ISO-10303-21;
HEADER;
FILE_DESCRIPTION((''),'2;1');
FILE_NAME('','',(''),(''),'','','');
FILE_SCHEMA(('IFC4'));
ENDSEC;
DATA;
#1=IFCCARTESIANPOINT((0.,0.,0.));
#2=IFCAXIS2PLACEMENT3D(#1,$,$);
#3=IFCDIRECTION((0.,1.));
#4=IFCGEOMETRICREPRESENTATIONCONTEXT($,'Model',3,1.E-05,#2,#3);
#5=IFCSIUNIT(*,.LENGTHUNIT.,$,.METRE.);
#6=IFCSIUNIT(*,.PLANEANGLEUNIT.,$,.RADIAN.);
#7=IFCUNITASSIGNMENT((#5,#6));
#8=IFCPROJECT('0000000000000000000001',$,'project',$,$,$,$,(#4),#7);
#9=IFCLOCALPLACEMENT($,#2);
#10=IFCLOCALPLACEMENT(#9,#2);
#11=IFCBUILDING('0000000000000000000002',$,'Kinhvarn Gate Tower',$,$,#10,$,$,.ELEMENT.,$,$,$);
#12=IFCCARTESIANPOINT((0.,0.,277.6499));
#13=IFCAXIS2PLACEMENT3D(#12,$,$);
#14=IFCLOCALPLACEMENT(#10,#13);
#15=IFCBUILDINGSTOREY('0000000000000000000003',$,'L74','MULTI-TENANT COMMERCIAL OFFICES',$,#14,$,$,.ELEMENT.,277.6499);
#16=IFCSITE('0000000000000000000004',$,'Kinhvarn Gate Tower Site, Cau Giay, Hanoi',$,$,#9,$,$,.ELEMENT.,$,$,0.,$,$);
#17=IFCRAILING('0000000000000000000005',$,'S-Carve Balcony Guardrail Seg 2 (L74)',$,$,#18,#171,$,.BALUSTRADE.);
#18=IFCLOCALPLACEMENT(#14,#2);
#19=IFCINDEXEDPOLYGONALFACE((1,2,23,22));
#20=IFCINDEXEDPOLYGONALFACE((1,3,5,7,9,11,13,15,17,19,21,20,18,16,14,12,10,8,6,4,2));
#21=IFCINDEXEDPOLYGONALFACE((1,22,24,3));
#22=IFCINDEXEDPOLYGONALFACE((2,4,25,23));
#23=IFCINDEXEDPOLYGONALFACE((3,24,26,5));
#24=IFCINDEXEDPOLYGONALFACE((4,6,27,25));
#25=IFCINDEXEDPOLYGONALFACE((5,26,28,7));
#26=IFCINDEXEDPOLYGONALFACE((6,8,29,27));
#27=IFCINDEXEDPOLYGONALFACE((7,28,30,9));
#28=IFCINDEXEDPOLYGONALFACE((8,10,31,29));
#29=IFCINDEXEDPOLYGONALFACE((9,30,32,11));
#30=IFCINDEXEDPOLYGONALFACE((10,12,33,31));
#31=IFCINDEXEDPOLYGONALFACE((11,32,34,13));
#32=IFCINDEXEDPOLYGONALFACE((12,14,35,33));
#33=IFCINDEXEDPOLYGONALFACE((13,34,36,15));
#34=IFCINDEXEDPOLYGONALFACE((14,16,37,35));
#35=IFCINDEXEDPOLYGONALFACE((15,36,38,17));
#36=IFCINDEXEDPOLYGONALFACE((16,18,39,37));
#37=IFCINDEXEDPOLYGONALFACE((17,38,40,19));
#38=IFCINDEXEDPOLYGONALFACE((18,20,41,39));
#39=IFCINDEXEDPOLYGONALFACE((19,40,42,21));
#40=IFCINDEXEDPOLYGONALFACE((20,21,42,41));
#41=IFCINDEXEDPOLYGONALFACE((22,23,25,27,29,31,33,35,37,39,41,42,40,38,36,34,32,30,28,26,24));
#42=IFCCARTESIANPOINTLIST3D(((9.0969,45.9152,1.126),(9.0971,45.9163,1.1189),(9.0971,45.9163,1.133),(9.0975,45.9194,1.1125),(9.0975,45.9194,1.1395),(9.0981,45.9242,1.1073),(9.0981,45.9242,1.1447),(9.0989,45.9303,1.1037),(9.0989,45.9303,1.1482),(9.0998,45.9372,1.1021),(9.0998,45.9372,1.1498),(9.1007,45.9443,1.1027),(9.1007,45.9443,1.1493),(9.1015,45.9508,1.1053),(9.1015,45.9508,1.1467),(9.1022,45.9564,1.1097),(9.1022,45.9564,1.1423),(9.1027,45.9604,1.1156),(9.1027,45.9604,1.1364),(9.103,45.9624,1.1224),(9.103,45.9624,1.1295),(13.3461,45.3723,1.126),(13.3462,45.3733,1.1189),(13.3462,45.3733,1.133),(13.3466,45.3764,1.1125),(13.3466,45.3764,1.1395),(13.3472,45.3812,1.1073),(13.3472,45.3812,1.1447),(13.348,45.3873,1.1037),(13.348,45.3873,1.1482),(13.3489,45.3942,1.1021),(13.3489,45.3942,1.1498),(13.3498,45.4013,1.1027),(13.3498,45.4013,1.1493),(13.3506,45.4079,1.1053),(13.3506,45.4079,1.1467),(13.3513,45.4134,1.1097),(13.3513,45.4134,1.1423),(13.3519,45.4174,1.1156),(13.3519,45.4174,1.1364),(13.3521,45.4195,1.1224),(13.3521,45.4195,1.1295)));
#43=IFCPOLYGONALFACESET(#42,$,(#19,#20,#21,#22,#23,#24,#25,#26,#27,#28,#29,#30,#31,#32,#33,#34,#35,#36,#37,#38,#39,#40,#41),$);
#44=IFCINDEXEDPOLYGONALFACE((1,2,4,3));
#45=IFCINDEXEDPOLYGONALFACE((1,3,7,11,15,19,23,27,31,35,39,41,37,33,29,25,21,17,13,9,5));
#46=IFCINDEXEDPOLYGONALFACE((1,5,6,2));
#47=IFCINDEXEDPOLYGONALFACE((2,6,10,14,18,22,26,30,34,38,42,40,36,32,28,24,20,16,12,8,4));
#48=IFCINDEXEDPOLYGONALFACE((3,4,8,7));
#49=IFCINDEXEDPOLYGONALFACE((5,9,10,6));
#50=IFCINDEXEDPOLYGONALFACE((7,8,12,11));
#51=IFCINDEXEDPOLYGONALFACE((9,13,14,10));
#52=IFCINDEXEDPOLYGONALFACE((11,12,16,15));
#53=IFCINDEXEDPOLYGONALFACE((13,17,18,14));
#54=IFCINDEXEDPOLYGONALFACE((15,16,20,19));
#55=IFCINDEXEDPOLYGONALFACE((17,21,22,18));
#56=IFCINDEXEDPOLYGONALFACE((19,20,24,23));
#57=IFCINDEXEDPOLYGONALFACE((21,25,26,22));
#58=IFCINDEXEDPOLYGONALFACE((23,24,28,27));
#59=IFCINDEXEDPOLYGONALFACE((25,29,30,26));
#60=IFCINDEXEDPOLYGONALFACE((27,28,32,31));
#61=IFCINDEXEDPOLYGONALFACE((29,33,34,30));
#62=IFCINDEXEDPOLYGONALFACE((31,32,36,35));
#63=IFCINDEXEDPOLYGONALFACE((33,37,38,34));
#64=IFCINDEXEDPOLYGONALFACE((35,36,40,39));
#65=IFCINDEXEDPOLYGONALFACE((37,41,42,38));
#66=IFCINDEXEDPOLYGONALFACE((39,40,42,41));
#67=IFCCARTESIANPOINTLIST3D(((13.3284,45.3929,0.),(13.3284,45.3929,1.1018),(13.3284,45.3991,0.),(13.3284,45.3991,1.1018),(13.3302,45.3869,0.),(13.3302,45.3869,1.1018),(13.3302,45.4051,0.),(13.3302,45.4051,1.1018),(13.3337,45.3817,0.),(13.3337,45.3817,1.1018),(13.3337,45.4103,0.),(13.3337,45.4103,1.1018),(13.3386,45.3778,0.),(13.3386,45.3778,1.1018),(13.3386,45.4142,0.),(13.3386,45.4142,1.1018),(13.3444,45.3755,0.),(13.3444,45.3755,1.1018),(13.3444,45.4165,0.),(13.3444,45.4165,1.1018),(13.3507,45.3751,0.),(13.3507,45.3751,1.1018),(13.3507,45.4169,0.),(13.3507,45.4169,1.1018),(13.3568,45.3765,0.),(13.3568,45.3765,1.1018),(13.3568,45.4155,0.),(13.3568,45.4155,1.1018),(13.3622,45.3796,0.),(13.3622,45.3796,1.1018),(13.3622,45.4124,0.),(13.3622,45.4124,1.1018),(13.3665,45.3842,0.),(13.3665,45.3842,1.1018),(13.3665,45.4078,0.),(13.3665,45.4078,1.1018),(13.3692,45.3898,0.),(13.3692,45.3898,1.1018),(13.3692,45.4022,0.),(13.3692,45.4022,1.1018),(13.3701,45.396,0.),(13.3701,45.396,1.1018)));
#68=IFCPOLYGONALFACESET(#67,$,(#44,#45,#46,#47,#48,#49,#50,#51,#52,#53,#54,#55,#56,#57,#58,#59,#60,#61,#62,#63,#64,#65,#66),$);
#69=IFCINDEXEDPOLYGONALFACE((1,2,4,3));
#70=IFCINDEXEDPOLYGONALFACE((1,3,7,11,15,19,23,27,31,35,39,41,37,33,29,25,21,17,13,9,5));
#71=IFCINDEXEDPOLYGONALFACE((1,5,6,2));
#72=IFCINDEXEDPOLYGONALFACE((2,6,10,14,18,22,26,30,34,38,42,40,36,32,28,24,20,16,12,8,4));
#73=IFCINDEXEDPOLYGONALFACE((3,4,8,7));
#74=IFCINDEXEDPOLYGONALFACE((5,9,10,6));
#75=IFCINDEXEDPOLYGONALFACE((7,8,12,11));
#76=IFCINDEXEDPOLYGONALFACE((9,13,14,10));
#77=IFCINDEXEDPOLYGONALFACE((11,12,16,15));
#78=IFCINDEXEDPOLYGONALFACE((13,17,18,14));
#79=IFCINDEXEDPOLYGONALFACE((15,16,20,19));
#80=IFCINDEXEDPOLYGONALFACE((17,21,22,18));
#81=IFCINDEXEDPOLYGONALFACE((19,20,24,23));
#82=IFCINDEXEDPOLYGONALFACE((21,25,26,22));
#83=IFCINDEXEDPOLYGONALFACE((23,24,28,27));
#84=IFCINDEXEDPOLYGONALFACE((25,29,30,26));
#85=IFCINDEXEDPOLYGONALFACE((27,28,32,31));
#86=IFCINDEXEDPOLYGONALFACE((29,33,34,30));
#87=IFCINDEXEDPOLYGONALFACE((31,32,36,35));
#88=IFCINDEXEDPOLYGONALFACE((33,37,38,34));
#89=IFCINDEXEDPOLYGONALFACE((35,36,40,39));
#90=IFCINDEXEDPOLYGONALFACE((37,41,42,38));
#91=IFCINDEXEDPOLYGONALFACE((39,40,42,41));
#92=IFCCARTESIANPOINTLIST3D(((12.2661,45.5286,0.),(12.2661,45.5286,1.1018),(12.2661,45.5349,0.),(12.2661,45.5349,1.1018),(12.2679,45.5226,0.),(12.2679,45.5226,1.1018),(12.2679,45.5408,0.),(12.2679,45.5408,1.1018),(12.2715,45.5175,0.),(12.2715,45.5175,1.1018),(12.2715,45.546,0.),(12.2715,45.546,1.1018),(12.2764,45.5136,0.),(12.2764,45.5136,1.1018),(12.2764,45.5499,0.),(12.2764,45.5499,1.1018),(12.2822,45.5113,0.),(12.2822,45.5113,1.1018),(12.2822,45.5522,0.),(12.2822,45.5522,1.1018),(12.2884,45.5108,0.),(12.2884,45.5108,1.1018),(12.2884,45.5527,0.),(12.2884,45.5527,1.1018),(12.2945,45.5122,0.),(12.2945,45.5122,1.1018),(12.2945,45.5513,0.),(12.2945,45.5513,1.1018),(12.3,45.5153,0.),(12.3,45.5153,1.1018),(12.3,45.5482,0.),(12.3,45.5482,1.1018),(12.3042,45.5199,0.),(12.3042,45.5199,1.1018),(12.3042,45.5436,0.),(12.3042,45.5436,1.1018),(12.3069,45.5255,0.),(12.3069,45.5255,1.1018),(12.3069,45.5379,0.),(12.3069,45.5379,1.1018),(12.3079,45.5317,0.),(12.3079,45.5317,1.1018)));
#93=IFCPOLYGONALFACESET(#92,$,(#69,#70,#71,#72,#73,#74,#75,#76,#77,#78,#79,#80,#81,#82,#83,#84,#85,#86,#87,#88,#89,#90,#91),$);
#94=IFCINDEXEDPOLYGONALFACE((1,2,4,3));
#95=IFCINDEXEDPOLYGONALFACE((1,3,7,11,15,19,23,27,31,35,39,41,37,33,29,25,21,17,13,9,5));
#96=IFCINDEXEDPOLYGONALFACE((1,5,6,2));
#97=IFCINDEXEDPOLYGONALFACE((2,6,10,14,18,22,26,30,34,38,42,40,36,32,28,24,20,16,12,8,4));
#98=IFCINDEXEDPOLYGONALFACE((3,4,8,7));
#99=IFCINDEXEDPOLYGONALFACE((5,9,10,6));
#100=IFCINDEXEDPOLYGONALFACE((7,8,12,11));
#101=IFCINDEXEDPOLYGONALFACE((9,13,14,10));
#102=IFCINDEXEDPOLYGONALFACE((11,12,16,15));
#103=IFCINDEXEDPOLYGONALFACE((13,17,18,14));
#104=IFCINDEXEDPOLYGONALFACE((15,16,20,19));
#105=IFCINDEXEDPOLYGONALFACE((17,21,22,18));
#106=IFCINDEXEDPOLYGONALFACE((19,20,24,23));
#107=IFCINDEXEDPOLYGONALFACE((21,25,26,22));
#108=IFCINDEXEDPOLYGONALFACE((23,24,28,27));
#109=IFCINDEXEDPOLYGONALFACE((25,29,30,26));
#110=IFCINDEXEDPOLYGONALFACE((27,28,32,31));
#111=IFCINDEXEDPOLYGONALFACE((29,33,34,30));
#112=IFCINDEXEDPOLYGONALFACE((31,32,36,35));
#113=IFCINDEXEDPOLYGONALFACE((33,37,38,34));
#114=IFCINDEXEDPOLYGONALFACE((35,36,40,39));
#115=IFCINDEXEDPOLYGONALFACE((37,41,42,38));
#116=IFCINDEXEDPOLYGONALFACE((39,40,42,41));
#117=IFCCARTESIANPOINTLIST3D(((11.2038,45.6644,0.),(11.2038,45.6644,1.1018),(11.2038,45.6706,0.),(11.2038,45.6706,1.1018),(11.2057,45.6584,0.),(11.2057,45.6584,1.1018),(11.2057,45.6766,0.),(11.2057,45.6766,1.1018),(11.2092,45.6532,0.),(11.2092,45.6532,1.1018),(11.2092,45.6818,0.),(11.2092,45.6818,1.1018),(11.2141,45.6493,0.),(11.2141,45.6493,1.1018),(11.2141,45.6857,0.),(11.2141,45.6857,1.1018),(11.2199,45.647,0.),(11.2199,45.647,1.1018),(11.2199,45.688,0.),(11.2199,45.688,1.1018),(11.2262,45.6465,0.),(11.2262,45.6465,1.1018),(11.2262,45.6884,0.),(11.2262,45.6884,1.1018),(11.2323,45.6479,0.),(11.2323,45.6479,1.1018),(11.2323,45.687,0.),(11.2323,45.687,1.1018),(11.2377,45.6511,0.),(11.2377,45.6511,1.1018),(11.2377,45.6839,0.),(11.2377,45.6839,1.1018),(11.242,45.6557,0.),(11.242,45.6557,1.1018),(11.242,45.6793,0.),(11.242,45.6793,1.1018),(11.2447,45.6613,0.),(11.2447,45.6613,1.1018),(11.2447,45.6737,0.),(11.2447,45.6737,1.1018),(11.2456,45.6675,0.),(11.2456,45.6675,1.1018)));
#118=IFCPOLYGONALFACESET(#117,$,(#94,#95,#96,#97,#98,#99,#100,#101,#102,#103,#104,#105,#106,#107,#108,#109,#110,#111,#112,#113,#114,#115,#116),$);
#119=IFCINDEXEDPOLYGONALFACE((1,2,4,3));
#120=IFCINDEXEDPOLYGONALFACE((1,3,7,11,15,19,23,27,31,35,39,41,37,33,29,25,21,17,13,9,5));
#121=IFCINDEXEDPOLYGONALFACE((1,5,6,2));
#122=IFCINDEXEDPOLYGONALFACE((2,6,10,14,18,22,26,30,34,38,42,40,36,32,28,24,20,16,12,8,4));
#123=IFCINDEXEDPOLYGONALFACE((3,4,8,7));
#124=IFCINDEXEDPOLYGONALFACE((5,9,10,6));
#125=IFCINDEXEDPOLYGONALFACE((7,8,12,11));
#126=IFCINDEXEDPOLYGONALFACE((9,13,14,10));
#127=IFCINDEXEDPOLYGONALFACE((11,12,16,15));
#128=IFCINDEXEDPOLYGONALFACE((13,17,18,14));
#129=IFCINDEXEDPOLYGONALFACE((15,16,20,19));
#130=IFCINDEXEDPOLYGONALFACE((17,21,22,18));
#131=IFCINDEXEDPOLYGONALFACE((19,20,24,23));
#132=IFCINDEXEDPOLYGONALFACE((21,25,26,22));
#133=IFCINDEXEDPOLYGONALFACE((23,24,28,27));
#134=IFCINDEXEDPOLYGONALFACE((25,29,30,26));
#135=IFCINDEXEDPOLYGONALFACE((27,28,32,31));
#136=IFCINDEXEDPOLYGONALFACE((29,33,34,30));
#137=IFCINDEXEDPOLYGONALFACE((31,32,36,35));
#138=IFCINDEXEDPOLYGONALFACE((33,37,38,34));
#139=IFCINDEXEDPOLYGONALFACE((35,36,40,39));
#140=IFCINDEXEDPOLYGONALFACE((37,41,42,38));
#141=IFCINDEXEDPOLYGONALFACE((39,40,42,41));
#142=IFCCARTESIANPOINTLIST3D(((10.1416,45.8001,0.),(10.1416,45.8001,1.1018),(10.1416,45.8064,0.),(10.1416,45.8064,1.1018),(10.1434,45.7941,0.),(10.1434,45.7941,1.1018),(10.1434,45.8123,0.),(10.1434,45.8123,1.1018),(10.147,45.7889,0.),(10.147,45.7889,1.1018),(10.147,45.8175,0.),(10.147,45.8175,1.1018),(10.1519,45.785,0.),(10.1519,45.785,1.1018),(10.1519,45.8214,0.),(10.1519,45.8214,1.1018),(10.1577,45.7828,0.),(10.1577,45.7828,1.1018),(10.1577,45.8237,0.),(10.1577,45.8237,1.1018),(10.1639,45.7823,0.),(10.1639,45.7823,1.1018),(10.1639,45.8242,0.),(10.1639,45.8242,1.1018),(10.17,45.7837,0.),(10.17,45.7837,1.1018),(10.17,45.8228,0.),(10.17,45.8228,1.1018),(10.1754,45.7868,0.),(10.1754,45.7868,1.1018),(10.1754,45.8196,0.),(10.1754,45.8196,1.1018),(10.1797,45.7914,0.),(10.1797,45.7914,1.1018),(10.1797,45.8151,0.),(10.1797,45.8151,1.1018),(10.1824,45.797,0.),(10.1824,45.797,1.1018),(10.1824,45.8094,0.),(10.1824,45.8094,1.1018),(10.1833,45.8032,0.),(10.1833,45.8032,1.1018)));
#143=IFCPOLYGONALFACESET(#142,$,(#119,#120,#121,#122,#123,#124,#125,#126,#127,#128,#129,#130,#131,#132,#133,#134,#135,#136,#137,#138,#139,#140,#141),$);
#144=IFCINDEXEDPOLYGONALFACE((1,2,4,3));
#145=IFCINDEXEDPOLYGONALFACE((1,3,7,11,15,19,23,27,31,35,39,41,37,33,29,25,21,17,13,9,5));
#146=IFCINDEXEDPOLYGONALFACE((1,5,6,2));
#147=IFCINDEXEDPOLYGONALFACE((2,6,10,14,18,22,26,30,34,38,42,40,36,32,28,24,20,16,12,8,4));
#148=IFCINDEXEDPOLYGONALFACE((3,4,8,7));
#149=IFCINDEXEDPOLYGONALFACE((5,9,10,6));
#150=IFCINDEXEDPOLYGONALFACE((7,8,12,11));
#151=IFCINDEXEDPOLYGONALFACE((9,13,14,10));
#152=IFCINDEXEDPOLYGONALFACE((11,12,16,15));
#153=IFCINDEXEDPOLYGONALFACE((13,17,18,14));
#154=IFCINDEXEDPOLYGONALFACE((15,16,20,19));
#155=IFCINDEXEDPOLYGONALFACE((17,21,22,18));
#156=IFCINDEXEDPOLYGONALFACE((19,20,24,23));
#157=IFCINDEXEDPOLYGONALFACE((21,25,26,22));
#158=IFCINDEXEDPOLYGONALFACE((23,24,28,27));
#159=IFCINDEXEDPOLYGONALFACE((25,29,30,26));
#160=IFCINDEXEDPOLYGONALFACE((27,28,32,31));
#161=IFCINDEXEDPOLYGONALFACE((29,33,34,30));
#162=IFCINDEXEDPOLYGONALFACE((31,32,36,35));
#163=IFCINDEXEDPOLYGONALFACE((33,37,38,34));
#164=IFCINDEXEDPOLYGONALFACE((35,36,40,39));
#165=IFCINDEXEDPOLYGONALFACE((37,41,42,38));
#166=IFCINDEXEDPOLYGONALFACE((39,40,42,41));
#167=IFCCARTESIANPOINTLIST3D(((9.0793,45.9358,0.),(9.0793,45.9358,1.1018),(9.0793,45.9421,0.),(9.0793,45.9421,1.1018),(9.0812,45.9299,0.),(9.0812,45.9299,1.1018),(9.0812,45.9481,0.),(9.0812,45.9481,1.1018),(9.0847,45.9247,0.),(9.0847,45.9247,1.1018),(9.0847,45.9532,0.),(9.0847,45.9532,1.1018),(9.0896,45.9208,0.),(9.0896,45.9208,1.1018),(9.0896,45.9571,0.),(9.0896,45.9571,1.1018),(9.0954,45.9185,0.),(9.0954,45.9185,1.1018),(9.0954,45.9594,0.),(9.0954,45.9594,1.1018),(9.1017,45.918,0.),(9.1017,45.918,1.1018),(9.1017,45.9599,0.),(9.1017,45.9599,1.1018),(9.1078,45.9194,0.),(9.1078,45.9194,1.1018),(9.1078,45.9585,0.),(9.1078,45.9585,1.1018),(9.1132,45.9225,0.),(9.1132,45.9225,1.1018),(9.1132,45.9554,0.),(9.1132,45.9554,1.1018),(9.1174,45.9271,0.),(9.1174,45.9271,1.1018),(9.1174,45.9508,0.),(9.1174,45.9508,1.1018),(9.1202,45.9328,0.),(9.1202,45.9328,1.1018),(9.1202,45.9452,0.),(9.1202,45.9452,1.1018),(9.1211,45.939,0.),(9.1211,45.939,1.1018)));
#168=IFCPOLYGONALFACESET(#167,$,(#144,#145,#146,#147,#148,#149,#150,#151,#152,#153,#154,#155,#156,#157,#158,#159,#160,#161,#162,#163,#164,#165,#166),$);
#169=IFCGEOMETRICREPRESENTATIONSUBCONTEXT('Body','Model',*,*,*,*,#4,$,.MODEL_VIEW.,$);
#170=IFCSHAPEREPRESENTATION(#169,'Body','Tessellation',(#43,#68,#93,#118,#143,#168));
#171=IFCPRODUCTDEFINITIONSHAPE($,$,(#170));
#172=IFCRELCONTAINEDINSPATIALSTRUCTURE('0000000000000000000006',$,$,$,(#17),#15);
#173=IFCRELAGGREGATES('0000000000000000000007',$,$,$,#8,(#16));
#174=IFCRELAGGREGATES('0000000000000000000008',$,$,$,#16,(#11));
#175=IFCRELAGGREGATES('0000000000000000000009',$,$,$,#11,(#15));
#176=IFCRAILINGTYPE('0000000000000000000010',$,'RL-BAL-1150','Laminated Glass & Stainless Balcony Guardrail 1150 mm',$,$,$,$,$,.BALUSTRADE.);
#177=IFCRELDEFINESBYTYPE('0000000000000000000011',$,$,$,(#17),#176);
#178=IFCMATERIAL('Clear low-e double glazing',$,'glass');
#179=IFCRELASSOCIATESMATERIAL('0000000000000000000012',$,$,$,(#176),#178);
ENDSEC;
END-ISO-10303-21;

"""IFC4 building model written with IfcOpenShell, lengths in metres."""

from ifc_helpers import new_model, si_unit, direction, frame, origin, origin_2d, place, context, subcontext, project, spatial, circle, extrude, material, type_object, element, save


model = new_model("IFC4")

# Units and contexts
model_context = context("Model", 3, precision=1e-05, world=origin(), true_north=direction((0.0, 1.0)))
body_context = subcontext(model_context, "Body", "Model", "MODEL_VIEW")
ifc_project = project(units=[si_unit("LENGTHUNIT", "METRE"), si_unit("PLANEANGLEUNIT", "RADIAN")], contexts=[model_context])

# Site, building, storey
site_placement = place(None, origin())
site = spatial("IfcSite", under=ifc_project, at=site_placement, Name="Kinhvarn Gate Tower Site, Cau Giay, Hanoi", CompositionType="ELEMENT", RefElevation=0.0)
building_placement = place(site_placement, origin())
building = spatial("IfcBuilding", under=site, at=building_placement, Name="Kinhvarn Gate Tower", CompositionType="ELEMENT")
storey_placement = place(building_placement, frame((0.0, 0.0, 277.6499)))
storey = spatial("IfcBuildingStorey", under=building, at=storey_placement, Name="L74", Description="MULTI-TENANT COMMERCIAL OFFICES", CompositionType="ELEMENT", Elevation=277.6499)

# Shared definitions
ifc_material_1 = material(Name="Clear low-e double glazing", Category="glass")

# Railing
railing_type_1 = type_object("IfcRailingType", Name="RL-BAL-1150", Description="Laminated Glass & Stainless Balcony Guardrail 1150 mm", PredefinedType="BALUSTRADE", material=ifc_material_1)
railing_1_placement = place(storey_placement, frame((13.3491, 45.396, 0.0)))
element("IfcRailing", 1, at=railing_1_placement, inside=storey, type_object=railing_type_1, Name="S-Carve Balcony Guardrail Seg 2 (L74)", PredefinedType="BALUSTRADE", context=body_context, shape_type="SweptSolid", body=[
    extrude(circle(Radius=0.0239, at=origin_2d()), frame((0.0, 0.0, 1.126), z_axis=(-0.991934, 0.126756, 0.0), x_axis=(-0.126756, -0.991934, 0.0)), (0.0, 0.0, 1.0), 4.2837),
    extrude(circle(Radius=0.021, at=origin_2d()), origin(), (0.0, 0.0, 1.0), 1.1018),
    extrude(circle(Radius=0.021, at=origin_2d()), frame((-1.0623, 0.1357, 0.0)), (0.0, 0.0, 1.0), 1.1018),
    extrude(circle(Radius=0.021, at=origin_2d()), frame((-2.1245, 0.2715, 0.0)), (0.0, 0.0, 1.0), 1.1018),
    extrude(circle(Radius=0.021, at=origin_2d()), frame((-3.1868, 0.4072, 0.0)), (0.0, 0.0, 1.0), 1.1018),
    extrude(circle(Radius=0.021, at=origin_2d()), frame((-4.249, 0.543, 0.0)), (0.0, 0.0, 1.0), 1.1018),
])

save(model, "model.ifc")
